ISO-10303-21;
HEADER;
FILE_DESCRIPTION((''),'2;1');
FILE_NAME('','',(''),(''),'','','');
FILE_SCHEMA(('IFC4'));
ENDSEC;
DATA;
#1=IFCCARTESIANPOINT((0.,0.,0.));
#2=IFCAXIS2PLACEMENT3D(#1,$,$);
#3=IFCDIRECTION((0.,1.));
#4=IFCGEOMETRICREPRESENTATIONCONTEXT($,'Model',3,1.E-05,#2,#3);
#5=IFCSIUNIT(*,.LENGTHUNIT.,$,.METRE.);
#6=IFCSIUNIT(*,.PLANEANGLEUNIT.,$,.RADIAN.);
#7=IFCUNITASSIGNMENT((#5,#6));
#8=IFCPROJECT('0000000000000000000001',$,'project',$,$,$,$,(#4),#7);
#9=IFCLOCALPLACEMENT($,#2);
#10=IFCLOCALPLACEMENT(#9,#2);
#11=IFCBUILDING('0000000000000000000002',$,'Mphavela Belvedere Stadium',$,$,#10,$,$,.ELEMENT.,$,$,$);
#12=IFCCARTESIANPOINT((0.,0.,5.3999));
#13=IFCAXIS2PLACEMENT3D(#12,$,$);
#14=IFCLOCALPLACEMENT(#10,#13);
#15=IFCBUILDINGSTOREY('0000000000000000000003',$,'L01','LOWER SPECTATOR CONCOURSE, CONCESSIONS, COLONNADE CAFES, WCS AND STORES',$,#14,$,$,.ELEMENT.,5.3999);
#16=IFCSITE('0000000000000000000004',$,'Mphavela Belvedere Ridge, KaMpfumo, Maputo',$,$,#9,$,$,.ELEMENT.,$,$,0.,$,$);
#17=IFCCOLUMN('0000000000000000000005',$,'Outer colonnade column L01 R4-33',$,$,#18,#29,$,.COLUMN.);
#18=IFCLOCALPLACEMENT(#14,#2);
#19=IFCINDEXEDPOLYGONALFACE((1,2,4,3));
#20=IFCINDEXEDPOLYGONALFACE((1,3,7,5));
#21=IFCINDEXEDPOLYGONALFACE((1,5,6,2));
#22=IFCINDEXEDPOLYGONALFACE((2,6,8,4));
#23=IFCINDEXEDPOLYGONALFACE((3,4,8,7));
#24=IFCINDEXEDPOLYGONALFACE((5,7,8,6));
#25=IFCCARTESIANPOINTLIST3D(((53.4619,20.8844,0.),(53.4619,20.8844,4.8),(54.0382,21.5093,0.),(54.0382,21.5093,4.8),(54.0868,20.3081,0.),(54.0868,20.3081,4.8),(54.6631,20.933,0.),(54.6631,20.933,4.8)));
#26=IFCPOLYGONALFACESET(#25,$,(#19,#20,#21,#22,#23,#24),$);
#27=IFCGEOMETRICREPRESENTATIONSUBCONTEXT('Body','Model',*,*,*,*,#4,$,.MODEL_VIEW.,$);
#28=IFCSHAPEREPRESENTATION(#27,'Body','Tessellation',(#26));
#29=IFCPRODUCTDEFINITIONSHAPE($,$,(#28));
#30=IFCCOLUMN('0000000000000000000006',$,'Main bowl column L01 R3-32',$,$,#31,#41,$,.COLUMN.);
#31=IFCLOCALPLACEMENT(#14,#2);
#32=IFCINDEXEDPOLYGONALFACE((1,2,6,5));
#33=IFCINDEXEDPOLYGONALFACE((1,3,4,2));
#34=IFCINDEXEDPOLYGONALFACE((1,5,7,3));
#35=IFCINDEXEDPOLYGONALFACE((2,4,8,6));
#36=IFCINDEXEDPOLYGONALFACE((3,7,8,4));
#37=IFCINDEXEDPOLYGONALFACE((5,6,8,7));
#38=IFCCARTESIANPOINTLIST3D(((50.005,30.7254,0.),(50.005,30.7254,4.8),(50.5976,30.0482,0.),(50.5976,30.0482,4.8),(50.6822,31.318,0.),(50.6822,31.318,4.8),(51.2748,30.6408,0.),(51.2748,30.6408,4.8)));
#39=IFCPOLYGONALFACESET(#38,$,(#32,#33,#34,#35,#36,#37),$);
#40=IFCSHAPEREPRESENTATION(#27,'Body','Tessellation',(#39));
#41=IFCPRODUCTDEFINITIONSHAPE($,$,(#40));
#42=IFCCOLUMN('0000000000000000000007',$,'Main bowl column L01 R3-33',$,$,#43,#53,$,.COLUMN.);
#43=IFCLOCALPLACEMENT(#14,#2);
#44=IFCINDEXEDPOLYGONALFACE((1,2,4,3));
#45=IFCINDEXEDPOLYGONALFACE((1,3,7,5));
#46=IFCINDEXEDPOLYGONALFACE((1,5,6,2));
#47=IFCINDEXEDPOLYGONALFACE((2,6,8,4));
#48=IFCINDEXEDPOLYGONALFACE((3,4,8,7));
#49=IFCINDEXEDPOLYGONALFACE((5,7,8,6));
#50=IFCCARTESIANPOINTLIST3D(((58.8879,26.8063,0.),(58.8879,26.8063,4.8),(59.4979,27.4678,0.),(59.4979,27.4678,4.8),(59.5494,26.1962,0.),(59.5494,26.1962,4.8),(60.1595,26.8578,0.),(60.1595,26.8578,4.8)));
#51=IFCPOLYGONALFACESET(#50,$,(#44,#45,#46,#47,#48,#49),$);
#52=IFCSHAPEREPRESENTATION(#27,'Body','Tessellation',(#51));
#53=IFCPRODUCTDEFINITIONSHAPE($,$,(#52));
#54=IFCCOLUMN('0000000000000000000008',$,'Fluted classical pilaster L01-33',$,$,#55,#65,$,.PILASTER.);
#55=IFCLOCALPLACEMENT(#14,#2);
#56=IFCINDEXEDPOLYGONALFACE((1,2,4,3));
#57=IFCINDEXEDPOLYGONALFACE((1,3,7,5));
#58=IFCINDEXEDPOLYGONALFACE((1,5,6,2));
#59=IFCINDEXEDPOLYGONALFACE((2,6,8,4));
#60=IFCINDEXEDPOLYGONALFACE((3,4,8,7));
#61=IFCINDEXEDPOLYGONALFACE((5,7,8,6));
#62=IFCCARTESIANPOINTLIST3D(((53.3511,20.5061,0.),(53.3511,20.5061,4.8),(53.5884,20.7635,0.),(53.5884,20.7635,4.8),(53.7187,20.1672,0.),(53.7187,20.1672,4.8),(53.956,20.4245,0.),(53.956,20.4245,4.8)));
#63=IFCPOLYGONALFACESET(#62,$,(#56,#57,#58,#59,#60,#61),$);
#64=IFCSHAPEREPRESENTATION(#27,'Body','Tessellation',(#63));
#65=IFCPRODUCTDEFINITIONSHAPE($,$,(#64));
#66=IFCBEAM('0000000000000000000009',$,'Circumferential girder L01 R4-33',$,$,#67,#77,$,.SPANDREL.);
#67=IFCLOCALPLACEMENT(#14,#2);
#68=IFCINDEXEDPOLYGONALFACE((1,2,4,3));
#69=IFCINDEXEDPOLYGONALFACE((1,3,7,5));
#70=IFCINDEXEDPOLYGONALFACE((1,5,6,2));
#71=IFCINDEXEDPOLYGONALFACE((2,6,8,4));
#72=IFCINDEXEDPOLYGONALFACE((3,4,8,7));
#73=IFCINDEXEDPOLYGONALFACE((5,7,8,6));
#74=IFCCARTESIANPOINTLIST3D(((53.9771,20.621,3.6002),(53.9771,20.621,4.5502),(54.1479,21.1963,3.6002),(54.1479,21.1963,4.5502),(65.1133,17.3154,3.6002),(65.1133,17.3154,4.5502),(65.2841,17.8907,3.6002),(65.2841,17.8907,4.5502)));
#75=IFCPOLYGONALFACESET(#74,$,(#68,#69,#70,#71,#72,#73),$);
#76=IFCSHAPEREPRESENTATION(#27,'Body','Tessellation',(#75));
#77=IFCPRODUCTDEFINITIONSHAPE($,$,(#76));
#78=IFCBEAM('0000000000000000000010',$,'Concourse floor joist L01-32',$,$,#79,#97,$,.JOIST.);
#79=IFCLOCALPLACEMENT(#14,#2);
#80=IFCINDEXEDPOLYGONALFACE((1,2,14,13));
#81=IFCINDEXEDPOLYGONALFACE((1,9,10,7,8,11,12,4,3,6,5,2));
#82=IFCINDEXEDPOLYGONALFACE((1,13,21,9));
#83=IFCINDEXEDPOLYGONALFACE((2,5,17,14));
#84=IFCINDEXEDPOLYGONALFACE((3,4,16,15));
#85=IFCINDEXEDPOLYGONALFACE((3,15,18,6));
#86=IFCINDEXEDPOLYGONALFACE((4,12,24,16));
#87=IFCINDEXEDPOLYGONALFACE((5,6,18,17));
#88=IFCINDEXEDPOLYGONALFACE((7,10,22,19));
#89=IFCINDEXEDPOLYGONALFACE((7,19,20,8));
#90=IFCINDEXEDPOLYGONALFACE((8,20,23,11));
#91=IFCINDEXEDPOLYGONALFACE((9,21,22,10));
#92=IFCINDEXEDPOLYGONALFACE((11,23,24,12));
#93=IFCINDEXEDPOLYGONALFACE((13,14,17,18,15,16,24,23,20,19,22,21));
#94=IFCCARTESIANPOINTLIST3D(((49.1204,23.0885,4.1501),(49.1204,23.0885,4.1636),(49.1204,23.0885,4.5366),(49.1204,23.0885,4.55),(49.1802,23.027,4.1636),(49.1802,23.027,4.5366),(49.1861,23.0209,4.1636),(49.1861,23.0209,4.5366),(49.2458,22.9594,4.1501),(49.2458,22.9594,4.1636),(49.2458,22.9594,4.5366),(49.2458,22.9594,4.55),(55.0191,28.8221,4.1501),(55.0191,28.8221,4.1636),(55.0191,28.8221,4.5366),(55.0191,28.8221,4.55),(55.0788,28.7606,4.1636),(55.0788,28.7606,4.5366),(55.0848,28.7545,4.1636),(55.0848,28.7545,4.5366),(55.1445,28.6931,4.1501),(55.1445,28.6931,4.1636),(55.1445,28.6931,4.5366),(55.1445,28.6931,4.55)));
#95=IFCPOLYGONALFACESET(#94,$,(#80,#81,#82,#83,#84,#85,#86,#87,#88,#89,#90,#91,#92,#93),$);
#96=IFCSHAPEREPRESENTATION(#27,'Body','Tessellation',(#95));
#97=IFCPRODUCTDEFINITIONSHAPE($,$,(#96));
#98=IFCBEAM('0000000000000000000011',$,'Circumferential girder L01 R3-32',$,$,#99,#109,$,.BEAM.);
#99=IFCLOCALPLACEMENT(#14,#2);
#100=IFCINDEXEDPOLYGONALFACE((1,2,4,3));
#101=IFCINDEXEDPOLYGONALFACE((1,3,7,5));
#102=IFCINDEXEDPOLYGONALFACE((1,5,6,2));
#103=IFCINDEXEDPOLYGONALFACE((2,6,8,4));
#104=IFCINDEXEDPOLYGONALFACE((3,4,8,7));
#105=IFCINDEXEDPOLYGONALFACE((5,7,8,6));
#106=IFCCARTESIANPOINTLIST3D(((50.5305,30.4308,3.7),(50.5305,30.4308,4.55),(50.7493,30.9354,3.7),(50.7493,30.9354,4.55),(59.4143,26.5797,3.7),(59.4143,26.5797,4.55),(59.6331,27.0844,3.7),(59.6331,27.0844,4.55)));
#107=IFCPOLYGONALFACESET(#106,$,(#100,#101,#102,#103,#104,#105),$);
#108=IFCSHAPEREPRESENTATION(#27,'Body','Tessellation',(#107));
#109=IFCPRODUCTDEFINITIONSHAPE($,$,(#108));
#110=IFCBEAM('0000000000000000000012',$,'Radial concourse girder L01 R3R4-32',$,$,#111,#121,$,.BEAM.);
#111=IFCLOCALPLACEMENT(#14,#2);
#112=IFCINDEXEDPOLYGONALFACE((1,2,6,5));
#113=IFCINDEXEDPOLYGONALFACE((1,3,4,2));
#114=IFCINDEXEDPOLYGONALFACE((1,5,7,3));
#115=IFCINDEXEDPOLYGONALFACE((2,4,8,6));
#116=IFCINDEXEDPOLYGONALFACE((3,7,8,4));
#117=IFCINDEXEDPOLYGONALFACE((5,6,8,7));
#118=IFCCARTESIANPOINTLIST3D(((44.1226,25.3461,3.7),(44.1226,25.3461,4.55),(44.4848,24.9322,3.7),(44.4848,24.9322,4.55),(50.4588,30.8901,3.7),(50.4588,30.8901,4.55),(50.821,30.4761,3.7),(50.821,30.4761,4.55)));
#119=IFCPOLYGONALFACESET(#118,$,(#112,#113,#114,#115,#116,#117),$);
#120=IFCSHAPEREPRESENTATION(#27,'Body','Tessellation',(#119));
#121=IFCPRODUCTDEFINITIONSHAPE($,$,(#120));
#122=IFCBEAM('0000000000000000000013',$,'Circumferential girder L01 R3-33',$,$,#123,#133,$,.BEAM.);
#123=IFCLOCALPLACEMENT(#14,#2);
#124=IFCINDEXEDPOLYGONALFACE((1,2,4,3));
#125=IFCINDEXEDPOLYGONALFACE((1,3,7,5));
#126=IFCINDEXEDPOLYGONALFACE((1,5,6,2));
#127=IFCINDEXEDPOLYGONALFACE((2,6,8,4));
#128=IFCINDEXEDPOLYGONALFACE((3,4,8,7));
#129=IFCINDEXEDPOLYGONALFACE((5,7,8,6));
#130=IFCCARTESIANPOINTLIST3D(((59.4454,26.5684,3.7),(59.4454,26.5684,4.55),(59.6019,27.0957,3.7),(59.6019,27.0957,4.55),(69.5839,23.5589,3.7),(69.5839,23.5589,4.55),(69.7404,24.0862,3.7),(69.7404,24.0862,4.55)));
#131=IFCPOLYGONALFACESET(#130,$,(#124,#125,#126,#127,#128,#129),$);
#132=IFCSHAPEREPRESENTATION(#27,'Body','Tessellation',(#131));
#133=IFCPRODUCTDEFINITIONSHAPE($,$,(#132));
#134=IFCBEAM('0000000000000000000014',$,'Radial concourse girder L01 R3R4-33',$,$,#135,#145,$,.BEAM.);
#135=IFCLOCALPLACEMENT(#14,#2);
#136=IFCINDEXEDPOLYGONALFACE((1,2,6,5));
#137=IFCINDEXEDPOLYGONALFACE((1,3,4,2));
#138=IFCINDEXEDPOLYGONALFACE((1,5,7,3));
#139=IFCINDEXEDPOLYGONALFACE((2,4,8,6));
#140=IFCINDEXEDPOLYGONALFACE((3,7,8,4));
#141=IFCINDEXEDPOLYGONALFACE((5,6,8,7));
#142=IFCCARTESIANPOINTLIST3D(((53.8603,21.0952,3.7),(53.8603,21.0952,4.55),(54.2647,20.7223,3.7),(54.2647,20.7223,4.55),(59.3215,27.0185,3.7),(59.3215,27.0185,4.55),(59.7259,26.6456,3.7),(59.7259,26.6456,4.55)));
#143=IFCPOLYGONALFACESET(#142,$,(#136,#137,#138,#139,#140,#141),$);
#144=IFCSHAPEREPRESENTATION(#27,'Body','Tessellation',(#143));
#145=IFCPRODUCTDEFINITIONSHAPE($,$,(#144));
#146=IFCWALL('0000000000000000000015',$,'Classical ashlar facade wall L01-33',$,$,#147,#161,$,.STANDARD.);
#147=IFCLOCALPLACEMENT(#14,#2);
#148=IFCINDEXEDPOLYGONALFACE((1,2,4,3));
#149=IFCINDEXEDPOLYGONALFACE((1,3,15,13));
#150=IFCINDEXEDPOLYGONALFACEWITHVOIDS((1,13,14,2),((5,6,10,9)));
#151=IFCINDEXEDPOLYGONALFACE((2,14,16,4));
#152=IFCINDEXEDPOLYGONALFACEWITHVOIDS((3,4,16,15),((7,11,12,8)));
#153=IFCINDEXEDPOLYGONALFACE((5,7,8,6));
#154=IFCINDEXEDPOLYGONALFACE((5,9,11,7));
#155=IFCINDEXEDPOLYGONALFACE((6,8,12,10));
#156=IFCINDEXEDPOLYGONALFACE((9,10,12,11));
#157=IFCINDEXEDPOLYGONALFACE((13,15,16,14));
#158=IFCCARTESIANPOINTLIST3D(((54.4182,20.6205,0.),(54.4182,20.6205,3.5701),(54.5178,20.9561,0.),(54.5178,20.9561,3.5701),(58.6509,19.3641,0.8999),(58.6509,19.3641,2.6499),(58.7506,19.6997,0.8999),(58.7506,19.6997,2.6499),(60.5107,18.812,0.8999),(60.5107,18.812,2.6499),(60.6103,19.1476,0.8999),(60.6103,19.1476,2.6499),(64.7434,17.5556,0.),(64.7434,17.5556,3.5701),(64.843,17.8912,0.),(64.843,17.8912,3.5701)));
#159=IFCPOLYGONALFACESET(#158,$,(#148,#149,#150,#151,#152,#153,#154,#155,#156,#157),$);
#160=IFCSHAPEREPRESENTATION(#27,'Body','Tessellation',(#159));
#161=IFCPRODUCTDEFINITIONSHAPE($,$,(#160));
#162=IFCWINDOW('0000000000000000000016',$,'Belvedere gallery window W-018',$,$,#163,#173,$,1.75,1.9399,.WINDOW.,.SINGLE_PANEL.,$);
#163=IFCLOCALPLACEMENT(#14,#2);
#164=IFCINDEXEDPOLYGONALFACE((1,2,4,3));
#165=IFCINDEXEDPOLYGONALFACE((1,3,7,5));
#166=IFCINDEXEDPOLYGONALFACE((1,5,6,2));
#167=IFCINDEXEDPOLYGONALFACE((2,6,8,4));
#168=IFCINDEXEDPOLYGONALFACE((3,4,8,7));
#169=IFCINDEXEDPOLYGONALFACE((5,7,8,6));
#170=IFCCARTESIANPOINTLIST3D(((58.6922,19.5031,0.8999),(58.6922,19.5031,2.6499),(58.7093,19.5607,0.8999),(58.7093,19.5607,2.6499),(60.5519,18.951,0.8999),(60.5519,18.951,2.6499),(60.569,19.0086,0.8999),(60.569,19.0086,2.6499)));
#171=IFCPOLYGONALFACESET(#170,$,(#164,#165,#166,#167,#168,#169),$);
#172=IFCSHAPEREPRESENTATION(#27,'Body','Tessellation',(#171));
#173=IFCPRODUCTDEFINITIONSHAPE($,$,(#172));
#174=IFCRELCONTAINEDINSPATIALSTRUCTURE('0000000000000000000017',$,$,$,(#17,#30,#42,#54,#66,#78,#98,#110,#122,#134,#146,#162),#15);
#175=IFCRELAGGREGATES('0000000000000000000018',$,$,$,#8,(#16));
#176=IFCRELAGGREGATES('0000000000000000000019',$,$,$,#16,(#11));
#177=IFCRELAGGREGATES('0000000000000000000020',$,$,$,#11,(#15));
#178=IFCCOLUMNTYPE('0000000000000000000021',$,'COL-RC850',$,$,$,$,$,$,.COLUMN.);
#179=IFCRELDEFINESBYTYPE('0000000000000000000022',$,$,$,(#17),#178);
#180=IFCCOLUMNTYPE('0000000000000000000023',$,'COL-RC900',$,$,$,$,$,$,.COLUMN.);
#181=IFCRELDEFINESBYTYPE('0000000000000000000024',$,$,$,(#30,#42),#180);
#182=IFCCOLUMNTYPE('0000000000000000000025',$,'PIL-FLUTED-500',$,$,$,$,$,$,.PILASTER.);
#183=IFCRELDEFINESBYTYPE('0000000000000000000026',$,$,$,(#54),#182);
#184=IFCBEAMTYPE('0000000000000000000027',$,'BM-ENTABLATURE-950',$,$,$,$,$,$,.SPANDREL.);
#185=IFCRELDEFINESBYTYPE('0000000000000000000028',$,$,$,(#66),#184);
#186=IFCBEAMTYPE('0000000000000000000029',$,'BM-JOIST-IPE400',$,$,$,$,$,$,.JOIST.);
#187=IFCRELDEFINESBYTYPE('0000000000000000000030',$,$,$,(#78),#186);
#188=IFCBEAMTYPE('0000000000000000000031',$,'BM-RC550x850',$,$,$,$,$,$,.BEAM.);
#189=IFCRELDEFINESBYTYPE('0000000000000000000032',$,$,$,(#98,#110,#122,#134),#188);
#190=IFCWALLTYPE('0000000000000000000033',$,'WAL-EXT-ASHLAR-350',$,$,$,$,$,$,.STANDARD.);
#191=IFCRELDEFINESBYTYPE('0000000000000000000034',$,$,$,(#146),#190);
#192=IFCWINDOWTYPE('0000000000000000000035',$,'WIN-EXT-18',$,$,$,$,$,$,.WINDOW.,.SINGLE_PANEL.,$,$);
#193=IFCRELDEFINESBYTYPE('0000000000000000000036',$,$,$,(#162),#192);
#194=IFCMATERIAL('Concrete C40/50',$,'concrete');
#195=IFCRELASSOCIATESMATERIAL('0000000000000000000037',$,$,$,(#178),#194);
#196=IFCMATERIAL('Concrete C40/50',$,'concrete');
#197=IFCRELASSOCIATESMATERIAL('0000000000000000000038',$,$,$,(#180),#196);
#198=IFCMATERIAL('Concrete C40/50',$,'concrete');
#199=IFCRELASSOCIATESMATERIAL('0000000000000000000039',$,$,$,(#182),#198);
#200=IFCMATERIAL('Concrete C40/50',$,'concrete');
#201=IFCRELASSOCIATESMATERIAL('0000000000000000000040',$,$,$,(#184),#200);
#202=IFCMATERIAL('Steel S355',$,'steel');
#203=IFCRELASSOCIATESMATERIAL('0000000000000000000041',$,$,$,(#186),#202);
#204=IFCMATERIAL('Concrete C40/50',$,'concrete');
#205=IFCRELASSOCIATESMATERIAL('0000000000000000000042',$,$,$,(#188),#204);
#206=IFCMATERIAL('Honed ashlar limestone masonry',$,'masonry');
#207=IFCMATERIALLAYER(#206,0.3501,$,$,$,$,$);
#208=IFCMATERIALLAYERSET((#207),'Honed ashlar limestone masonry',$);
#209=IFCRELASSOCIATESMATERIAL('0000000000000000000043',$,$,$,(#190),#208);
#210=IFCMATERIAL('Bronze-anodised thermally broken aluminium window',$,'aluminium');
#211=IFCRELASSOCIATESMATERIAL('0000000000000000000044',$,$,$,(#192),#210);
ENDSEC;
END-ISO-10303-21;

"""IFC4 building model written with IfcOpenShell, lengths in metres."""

from ifc_helpers import new_model, si_unit, direction, frame, frame_2d, origin, origin_2d, place, context, subcontext, project, spatial, rectangle, i_section, extrude, material, layer, layer_set, material_profile, profile_set, type_object, element, fill, save


model = new_model("IFC4")

# Units and contexts
model_context = context("Model", 3, precision=1e-05, world=origin(), true_north=direction((0.0, 1.0)))
body_context = subcontext(model_context, "Body", "Model", "MODEL_VIEW")
ifc_project = project(units=[si_unit("LENGTHUNIT", "METRE"), si_unit("PLANEANGLEUNIT", "RADIAN")], contexts=[model_context])

# Site, building, storey
site_placement = place(None, origin())
site = spatial("IfcSite", under=ifc_project, at=site_placement, Name="Mphavela Belvedere Ridge, KaMpfumo, Maputo", CompositionType="ELEMENT", RefElevation=0.0)
building_placement = place(site_placement, origin())
building = spatial("IfcBuilding", under=site, at=building_placement, Name="Mphavela Belvedere Stadium", CompositionType="ELEMENT")
storey_placement = place(building_placement, frame((0.0, 0.0, 5.3999)))
storey = spatial("IfcBuildingStorey", under=building, at=storey_placement, Name="L01", Description="LOWER SPECTATOR CONCOURSE, CONCESSIONS, COLONNADE CAFES, WCS AND STORES", CompositionType="ELEMENT", Elevation=5.3999)

# Columns
ifc_material_1 = material(Name="Concrete C40/50", Category="concrete")
ifc_material_profile_1 = material_profile(ifc_material_1, rectangle(XDim=0.8501, YDim=0.8501, at=origin_2d()), Name="RC 850x850")
ifc_profile_set_1 = profile_set([ifc_material_profile_1], Name="Concrete C40/50")
column_type_1 = type_object("IfcColumnType", Name="COL-RC850", PredefinedType="COLUMN", material=ifc_profile_set_1)
column_1_placement = place(storey_placement, frame((54.0625, 20.9087, 0.0), z_axis=(0.0, 0.0, 1.0), x_axis=(-0.677903, -0.735151, 0.0)))
element("IfcColumn", 1, at=column_1_placement, inside=storey, type_object=column_type_1, Name="Outer colonnade column L01 R4-33", PredefinedType="COLUMN", context=body_context, shape_type="SweptSolid", body=[
    extrude(rectangle(XDim=0.8501, YDim=0.8501, at=origin_2d()), origin(), (0.0, 0.0, 1.0), 4.8),
])
ifc_material_2 = material(Name="Concrete C40/50", Category="concrete")
ifc_material_profile_2 = material_profile(ifc_material_2, rectangle(XDim=0.8999, YDim=0.8999, at=origin_2d()), Name="RC 900x900")
ifc_profile_set_2 = profile_set([ifc_material_profile_2], Name="Concrete C40/50")
column_type_2 = type_object("IfcColumnType", Name="COL-RC900", PredefinedType="COLUMN", material=ifc_profile_set_2)
for number, where, z_axis, x_axis, name in (
    (2, (50.6399, 30.6831, 0.0), (0.0, 0.0, 1.0), (-0.75253, -0.658558, 0.0), "Main bowl column L01 R3-32"),
    (3, (59.5237, 26.832, 0.0), (0.0, 0.0, 1.0), (-0.677903, -0.735151, 0.0), "Main bowl column L01 R3-33"),
):
    element("IfcColumn", number, at=place(storey_placement, frame(where, z_axis=z_axis, x_axis=x_axis)), inside=storey, type_object=column_type_2, Name=name, PredefinedType="COLUMN", context=body_context, shape_type="SweptSolid", body=[
        extrude(rectangle(XDim=0.8999, YDim=0.8999, at=origin_2d()), origin(), (0.0, 0.0, 1.0), 4.8),
    ])
ifc_material_3 = material(Name="Concrete C40/50", Category="concrete")
ifc_material_profile_3 = material_profile(ifc_material_3, rectangle(XDim=0.5, YDim=0.3501, at=origin_2d()), Name="PIL 500x350")
ifc_profile_set_3 = profile_set([ifc_material_profile_3], Name="Concrete C40/50")
column_type_3 = type_object("IfcColumnType", Name="PIL-FLUTED-500", PredefinedType="PILASTER", material=ifc_profile_set_3)
column_2_placement = place(storey_placement, frame((53.6536, 20.4653, 0.0), z_axis=(0.0, 0.0, 1.0), x_axis=(0.735151, -0.677903, 0.0)))
element("IfcColumn", 4, at=column_2_placement, inside=storey, type_object=column_type_3, Name="Fluted classical pilaster L01-33", PredefinedType="PILASTER", context=body_context, shape_type="SweptSolid", body=[
    extrude(rectangle(XDim=0.5, YDim=0.3501, at=origin_2d()), origin(), (0.0, 0.0, 1.0), 4.8),
])

# Beams
ifc_material_4 = material(Name="Concrete C40/50", Category="concrete")
ifc_material_profile_4 = material_profile(ifc_material_4, rectangle(XDim=0.6001, YDim=0.95, at=origin_2d()), Name="RC 600x950")
ifc_profile_set_4 = profile_set([ifc_material_profile_4], Name="Concrete C40/50")
beam_type_1 = type_object("IfcBeamType", Name="BM-ENTABLATURE-950", PredefinedType="SPANDREL", material=ifc_profile_set_4)
beam_1_placement = place(storey_placement, frame((54.0625, 20.9087, 4.0752), z_axis=(0.958656, -0.284566, 0.0), x_axis=(0.284566, 0.958656, 0.0)))
element("IfcBeam", 5, at=beam_1_placement, inside=storey, type_object=beam_type_1, Name="Circumferential girder L01 R4-33", PredefinedType="SPANDREL", context=body_context, shape_type="SweptSolid", body=[
    extrude(rectangle(XDim=0.6001, YDim=0.95, at=origin_2d()), origin(), (0.0, 0.0, 1.0), 11.6165),
])
ifc_material_5 = material(Name="Steel S355", Category="steel")
ifc_material_profile_5 = material_profile(ifc_material_5, i_section(OverallWidth=0.1799, OverallDepth=0.3999, WebThickness=0.0085, FlangeThickness=0.0134, at=origin_2d()), Name="IPE 400")
ifc_profile_set_5 = profile_set([ifc_material_profile_5], Name="Steel S355")
beam_type_2 = type_object("IfcBeamType", Name="BM-JOIST-IPE400", PredefinedType="JOIST", material=ifc_profile_set_5)
beam_2_placement = place(storey_placement, frame((55.0818, 28.7576, 4.3501), z_axis=(-0.717067, -0.697004, 0.0), x_axis=(0.697004, -0.717067, 0.0)))
element("IfcBeam", 6, at=beam_2_placement, inside=storey, type_object=beam_type_2, Name="Concourse floor joist L01-32", PredefinedType="JOIST", context=body_context, shape_type="SweptSolid", body=[
    extrude(i_section(OverallWidth=0.1799, OverallDepth=0.3999, WebThickness=0.0085, FlangeThickness=0.0134, at=origin_2d()), origin(), (0.0, 0.0, 1.0), 8.2261),
])
ifc_material_6 = material(Name="Concrete C40/50", Category="concrete")
ifc_material_profile_6 = material_profile(ifc_material_6, rectangle(XDim=0.55, YDim=0.8501, at=origin_2d()), Name="RC 550x850")
ifc_profile_set_6 = profile_set([ifc_material_profile_6], Name="Concrete C40/50")
beam_type_3 = type_object("IfcBeamType", Name="BM-RC550x850", PredefinedType="BEAM", material=ifc_profile_set_6)
beam_3_placement = place(storey_placement, frame((50.6399, 30.6831, 4.125), z_axis=(0.917502, -0.397732, 0.0), x_axis=(0.397732, 0.917502, 0.0)))
element("IfcBeam", 7, at=beam_3_placement, inside=storey, type_object=beam_type_3, Name="Circumferential girder L01 R3-32", PredefinedType="BEAM", context=body_context, shape_type="SweptSolid", body=[
    extrude(rectangle(XDim=0.55, YDim=0.8501, at=origin_2d()), origin(), (0.0, 0.0, 1.0), 9.6826),
])
beam_4_placement = place(storey_placement, frame((50.6399, 30.6831, 4.125), z_axis=(-0.752589, -0.65849, 0.0), x_axis=(0.65849, -0.752589, 0.0)))
element("IfcBeam", 8, at=beam_4_placement, inside=storey, type_object=beam_type_3, Name="Radial concourse girder L01 R3R4-32", PredefinedType="BEAM", context=body_context, shape_type="SweptSolid", body=[
    extrude(rectangle(XDim=0.55, YDim=0.8501, at=origin_2d()), origin(), (0.0, 0.0, 1.0), 8.4192),
])
beam_5_placement = place(storey_placement, frame((59.5237, 26.832, 4.125), z_axis=(0.958655, -0.28457, 0.0), x_axis=(0.28457, 0.958655, 0.0)))
element("IfcBeam", 9, at=beam_5_placement, inside=storey, type_object=beam_type_3, Name="Circumferential girder L01 R3-33", PredefinedType="BEAM", context=body_context, shape_type="SweptSolid", body=[
    extrude(rectangle(XDim=0.55, YDim=0.8501, at=origin_2d()), origin(), (0.0, 0.0, 1.0), 10.5757),
])
beam_6_placement = place(storey_placement, frame((59.5237, 26.832, 4.125), z_axis=(-0.677843, -0.735206, 0.0), x_axis=(0.735206, -0.677843, 0.0)))
element("IfcBeam", 10, at=beam_6_placement, inside=storey, type_object=beam_type_3, Name="Radial concourse girder L01 R3R4-33", PredefinedType="BEAM", context=body_context, shape_type="SweptSolid", body=[
    extrude(rectangle(XDim=0.55, YDim=0.8501, at=origin_2d()), origin(), (0.0, 0.0, 1.0), 8.0566),
])

# Shared definitions
ifc_material_7 = material(Name="Honed ashlar limestone masonry", Category="masonry")
ifc_layer_1 = layer(ifc_material_7, 0.3501)
ifc_layer_set_1 = layer_set([ifc_layer_1], Name="Honed ashlar limestone masonry")
wall_type_1 = type_object("IfcWallType", Name="WAL-EXT-ASHLAR-350", PredefinedType="STANDARD", material=ifc_layer_set_1)

# Wall, opening, window
wall_1_placement = place(storey_placement, frame((54.468, 20.7883, 0.0), z_axis=(0.0, 0.0, 1.0), x_axis=(0.958656, -0.284568, 0.0)))
wall_1 = element("IfcWall", 11, at=wall_1_placement, inside=storey, type_object=wall_type_1, Name="Classical ashlar facade wall L01-33", PredefinedType="STANDARD", context=body_context, shape_type="SweptSolid", body=[
    extrude(rectangle(XDim=10.7705, YDim=0.3501, at=frame_2d((5.3853, 0.0))), origin(), (0.0, 0.0, 1.0), 3.5701),
])
opening_1_placement = place(wall_1_placement, frame((4.4153, 0.0, 0.8999)))
opening_1 = element("IfcOpeningElement", 12, at=opening_1_placement, cuts=wall_1, PredefinedType="OPENING", context=body_context, shape_type="SweptSolid", body=[
    extrude(rectangle(XDim=1.9399, YDim=1.75, at=frame_2d((0.97, 0.875))), frame((0.0, 0.1851, 0.0), z_axis=(0.0, -1.0, 0.0), x_axis=(1.0, 0.0, 0.0)), (0.0, 0.0, 1.0), 0.3701),
])
ifc_material_8 = material(Name="Bronze-anodised thermally broken aluminium window", Category="aluminium")
window_type = type_object("IfcWindowType", Name="WIN-EXT-18", PartitioningType="SINGLE_PANEL", PredefinedType="WINDOW", material=ifc_material_8)
window_placement = place(opening_1_placement, origin())
window = element("IfcWindow", 13, at=window_placement, inside=storey, type_object=window_type, Name="Belvedere gallery window W-018", OverallHeight=1.75, OverallWidth=1.9399, PartitioningType="SINGLE_PANEL", PredefinedType="WINDOW", context=body_context, shape_type="SweptSolid", body=[
    extrude(rectangle(XDim=1.9399, YDim=1.75, at=frame_2d((0.97, 0.875))), frame((0.0, 0.03, 0.0), z_axis=(0.0, -1.0, 0.0), x_axis=(1.0, 0.0, 0.0)), (0.0, 0.0, 1.0), 0.0601),
])
fill(opening_1, window)

save(model, "model.ifc")
